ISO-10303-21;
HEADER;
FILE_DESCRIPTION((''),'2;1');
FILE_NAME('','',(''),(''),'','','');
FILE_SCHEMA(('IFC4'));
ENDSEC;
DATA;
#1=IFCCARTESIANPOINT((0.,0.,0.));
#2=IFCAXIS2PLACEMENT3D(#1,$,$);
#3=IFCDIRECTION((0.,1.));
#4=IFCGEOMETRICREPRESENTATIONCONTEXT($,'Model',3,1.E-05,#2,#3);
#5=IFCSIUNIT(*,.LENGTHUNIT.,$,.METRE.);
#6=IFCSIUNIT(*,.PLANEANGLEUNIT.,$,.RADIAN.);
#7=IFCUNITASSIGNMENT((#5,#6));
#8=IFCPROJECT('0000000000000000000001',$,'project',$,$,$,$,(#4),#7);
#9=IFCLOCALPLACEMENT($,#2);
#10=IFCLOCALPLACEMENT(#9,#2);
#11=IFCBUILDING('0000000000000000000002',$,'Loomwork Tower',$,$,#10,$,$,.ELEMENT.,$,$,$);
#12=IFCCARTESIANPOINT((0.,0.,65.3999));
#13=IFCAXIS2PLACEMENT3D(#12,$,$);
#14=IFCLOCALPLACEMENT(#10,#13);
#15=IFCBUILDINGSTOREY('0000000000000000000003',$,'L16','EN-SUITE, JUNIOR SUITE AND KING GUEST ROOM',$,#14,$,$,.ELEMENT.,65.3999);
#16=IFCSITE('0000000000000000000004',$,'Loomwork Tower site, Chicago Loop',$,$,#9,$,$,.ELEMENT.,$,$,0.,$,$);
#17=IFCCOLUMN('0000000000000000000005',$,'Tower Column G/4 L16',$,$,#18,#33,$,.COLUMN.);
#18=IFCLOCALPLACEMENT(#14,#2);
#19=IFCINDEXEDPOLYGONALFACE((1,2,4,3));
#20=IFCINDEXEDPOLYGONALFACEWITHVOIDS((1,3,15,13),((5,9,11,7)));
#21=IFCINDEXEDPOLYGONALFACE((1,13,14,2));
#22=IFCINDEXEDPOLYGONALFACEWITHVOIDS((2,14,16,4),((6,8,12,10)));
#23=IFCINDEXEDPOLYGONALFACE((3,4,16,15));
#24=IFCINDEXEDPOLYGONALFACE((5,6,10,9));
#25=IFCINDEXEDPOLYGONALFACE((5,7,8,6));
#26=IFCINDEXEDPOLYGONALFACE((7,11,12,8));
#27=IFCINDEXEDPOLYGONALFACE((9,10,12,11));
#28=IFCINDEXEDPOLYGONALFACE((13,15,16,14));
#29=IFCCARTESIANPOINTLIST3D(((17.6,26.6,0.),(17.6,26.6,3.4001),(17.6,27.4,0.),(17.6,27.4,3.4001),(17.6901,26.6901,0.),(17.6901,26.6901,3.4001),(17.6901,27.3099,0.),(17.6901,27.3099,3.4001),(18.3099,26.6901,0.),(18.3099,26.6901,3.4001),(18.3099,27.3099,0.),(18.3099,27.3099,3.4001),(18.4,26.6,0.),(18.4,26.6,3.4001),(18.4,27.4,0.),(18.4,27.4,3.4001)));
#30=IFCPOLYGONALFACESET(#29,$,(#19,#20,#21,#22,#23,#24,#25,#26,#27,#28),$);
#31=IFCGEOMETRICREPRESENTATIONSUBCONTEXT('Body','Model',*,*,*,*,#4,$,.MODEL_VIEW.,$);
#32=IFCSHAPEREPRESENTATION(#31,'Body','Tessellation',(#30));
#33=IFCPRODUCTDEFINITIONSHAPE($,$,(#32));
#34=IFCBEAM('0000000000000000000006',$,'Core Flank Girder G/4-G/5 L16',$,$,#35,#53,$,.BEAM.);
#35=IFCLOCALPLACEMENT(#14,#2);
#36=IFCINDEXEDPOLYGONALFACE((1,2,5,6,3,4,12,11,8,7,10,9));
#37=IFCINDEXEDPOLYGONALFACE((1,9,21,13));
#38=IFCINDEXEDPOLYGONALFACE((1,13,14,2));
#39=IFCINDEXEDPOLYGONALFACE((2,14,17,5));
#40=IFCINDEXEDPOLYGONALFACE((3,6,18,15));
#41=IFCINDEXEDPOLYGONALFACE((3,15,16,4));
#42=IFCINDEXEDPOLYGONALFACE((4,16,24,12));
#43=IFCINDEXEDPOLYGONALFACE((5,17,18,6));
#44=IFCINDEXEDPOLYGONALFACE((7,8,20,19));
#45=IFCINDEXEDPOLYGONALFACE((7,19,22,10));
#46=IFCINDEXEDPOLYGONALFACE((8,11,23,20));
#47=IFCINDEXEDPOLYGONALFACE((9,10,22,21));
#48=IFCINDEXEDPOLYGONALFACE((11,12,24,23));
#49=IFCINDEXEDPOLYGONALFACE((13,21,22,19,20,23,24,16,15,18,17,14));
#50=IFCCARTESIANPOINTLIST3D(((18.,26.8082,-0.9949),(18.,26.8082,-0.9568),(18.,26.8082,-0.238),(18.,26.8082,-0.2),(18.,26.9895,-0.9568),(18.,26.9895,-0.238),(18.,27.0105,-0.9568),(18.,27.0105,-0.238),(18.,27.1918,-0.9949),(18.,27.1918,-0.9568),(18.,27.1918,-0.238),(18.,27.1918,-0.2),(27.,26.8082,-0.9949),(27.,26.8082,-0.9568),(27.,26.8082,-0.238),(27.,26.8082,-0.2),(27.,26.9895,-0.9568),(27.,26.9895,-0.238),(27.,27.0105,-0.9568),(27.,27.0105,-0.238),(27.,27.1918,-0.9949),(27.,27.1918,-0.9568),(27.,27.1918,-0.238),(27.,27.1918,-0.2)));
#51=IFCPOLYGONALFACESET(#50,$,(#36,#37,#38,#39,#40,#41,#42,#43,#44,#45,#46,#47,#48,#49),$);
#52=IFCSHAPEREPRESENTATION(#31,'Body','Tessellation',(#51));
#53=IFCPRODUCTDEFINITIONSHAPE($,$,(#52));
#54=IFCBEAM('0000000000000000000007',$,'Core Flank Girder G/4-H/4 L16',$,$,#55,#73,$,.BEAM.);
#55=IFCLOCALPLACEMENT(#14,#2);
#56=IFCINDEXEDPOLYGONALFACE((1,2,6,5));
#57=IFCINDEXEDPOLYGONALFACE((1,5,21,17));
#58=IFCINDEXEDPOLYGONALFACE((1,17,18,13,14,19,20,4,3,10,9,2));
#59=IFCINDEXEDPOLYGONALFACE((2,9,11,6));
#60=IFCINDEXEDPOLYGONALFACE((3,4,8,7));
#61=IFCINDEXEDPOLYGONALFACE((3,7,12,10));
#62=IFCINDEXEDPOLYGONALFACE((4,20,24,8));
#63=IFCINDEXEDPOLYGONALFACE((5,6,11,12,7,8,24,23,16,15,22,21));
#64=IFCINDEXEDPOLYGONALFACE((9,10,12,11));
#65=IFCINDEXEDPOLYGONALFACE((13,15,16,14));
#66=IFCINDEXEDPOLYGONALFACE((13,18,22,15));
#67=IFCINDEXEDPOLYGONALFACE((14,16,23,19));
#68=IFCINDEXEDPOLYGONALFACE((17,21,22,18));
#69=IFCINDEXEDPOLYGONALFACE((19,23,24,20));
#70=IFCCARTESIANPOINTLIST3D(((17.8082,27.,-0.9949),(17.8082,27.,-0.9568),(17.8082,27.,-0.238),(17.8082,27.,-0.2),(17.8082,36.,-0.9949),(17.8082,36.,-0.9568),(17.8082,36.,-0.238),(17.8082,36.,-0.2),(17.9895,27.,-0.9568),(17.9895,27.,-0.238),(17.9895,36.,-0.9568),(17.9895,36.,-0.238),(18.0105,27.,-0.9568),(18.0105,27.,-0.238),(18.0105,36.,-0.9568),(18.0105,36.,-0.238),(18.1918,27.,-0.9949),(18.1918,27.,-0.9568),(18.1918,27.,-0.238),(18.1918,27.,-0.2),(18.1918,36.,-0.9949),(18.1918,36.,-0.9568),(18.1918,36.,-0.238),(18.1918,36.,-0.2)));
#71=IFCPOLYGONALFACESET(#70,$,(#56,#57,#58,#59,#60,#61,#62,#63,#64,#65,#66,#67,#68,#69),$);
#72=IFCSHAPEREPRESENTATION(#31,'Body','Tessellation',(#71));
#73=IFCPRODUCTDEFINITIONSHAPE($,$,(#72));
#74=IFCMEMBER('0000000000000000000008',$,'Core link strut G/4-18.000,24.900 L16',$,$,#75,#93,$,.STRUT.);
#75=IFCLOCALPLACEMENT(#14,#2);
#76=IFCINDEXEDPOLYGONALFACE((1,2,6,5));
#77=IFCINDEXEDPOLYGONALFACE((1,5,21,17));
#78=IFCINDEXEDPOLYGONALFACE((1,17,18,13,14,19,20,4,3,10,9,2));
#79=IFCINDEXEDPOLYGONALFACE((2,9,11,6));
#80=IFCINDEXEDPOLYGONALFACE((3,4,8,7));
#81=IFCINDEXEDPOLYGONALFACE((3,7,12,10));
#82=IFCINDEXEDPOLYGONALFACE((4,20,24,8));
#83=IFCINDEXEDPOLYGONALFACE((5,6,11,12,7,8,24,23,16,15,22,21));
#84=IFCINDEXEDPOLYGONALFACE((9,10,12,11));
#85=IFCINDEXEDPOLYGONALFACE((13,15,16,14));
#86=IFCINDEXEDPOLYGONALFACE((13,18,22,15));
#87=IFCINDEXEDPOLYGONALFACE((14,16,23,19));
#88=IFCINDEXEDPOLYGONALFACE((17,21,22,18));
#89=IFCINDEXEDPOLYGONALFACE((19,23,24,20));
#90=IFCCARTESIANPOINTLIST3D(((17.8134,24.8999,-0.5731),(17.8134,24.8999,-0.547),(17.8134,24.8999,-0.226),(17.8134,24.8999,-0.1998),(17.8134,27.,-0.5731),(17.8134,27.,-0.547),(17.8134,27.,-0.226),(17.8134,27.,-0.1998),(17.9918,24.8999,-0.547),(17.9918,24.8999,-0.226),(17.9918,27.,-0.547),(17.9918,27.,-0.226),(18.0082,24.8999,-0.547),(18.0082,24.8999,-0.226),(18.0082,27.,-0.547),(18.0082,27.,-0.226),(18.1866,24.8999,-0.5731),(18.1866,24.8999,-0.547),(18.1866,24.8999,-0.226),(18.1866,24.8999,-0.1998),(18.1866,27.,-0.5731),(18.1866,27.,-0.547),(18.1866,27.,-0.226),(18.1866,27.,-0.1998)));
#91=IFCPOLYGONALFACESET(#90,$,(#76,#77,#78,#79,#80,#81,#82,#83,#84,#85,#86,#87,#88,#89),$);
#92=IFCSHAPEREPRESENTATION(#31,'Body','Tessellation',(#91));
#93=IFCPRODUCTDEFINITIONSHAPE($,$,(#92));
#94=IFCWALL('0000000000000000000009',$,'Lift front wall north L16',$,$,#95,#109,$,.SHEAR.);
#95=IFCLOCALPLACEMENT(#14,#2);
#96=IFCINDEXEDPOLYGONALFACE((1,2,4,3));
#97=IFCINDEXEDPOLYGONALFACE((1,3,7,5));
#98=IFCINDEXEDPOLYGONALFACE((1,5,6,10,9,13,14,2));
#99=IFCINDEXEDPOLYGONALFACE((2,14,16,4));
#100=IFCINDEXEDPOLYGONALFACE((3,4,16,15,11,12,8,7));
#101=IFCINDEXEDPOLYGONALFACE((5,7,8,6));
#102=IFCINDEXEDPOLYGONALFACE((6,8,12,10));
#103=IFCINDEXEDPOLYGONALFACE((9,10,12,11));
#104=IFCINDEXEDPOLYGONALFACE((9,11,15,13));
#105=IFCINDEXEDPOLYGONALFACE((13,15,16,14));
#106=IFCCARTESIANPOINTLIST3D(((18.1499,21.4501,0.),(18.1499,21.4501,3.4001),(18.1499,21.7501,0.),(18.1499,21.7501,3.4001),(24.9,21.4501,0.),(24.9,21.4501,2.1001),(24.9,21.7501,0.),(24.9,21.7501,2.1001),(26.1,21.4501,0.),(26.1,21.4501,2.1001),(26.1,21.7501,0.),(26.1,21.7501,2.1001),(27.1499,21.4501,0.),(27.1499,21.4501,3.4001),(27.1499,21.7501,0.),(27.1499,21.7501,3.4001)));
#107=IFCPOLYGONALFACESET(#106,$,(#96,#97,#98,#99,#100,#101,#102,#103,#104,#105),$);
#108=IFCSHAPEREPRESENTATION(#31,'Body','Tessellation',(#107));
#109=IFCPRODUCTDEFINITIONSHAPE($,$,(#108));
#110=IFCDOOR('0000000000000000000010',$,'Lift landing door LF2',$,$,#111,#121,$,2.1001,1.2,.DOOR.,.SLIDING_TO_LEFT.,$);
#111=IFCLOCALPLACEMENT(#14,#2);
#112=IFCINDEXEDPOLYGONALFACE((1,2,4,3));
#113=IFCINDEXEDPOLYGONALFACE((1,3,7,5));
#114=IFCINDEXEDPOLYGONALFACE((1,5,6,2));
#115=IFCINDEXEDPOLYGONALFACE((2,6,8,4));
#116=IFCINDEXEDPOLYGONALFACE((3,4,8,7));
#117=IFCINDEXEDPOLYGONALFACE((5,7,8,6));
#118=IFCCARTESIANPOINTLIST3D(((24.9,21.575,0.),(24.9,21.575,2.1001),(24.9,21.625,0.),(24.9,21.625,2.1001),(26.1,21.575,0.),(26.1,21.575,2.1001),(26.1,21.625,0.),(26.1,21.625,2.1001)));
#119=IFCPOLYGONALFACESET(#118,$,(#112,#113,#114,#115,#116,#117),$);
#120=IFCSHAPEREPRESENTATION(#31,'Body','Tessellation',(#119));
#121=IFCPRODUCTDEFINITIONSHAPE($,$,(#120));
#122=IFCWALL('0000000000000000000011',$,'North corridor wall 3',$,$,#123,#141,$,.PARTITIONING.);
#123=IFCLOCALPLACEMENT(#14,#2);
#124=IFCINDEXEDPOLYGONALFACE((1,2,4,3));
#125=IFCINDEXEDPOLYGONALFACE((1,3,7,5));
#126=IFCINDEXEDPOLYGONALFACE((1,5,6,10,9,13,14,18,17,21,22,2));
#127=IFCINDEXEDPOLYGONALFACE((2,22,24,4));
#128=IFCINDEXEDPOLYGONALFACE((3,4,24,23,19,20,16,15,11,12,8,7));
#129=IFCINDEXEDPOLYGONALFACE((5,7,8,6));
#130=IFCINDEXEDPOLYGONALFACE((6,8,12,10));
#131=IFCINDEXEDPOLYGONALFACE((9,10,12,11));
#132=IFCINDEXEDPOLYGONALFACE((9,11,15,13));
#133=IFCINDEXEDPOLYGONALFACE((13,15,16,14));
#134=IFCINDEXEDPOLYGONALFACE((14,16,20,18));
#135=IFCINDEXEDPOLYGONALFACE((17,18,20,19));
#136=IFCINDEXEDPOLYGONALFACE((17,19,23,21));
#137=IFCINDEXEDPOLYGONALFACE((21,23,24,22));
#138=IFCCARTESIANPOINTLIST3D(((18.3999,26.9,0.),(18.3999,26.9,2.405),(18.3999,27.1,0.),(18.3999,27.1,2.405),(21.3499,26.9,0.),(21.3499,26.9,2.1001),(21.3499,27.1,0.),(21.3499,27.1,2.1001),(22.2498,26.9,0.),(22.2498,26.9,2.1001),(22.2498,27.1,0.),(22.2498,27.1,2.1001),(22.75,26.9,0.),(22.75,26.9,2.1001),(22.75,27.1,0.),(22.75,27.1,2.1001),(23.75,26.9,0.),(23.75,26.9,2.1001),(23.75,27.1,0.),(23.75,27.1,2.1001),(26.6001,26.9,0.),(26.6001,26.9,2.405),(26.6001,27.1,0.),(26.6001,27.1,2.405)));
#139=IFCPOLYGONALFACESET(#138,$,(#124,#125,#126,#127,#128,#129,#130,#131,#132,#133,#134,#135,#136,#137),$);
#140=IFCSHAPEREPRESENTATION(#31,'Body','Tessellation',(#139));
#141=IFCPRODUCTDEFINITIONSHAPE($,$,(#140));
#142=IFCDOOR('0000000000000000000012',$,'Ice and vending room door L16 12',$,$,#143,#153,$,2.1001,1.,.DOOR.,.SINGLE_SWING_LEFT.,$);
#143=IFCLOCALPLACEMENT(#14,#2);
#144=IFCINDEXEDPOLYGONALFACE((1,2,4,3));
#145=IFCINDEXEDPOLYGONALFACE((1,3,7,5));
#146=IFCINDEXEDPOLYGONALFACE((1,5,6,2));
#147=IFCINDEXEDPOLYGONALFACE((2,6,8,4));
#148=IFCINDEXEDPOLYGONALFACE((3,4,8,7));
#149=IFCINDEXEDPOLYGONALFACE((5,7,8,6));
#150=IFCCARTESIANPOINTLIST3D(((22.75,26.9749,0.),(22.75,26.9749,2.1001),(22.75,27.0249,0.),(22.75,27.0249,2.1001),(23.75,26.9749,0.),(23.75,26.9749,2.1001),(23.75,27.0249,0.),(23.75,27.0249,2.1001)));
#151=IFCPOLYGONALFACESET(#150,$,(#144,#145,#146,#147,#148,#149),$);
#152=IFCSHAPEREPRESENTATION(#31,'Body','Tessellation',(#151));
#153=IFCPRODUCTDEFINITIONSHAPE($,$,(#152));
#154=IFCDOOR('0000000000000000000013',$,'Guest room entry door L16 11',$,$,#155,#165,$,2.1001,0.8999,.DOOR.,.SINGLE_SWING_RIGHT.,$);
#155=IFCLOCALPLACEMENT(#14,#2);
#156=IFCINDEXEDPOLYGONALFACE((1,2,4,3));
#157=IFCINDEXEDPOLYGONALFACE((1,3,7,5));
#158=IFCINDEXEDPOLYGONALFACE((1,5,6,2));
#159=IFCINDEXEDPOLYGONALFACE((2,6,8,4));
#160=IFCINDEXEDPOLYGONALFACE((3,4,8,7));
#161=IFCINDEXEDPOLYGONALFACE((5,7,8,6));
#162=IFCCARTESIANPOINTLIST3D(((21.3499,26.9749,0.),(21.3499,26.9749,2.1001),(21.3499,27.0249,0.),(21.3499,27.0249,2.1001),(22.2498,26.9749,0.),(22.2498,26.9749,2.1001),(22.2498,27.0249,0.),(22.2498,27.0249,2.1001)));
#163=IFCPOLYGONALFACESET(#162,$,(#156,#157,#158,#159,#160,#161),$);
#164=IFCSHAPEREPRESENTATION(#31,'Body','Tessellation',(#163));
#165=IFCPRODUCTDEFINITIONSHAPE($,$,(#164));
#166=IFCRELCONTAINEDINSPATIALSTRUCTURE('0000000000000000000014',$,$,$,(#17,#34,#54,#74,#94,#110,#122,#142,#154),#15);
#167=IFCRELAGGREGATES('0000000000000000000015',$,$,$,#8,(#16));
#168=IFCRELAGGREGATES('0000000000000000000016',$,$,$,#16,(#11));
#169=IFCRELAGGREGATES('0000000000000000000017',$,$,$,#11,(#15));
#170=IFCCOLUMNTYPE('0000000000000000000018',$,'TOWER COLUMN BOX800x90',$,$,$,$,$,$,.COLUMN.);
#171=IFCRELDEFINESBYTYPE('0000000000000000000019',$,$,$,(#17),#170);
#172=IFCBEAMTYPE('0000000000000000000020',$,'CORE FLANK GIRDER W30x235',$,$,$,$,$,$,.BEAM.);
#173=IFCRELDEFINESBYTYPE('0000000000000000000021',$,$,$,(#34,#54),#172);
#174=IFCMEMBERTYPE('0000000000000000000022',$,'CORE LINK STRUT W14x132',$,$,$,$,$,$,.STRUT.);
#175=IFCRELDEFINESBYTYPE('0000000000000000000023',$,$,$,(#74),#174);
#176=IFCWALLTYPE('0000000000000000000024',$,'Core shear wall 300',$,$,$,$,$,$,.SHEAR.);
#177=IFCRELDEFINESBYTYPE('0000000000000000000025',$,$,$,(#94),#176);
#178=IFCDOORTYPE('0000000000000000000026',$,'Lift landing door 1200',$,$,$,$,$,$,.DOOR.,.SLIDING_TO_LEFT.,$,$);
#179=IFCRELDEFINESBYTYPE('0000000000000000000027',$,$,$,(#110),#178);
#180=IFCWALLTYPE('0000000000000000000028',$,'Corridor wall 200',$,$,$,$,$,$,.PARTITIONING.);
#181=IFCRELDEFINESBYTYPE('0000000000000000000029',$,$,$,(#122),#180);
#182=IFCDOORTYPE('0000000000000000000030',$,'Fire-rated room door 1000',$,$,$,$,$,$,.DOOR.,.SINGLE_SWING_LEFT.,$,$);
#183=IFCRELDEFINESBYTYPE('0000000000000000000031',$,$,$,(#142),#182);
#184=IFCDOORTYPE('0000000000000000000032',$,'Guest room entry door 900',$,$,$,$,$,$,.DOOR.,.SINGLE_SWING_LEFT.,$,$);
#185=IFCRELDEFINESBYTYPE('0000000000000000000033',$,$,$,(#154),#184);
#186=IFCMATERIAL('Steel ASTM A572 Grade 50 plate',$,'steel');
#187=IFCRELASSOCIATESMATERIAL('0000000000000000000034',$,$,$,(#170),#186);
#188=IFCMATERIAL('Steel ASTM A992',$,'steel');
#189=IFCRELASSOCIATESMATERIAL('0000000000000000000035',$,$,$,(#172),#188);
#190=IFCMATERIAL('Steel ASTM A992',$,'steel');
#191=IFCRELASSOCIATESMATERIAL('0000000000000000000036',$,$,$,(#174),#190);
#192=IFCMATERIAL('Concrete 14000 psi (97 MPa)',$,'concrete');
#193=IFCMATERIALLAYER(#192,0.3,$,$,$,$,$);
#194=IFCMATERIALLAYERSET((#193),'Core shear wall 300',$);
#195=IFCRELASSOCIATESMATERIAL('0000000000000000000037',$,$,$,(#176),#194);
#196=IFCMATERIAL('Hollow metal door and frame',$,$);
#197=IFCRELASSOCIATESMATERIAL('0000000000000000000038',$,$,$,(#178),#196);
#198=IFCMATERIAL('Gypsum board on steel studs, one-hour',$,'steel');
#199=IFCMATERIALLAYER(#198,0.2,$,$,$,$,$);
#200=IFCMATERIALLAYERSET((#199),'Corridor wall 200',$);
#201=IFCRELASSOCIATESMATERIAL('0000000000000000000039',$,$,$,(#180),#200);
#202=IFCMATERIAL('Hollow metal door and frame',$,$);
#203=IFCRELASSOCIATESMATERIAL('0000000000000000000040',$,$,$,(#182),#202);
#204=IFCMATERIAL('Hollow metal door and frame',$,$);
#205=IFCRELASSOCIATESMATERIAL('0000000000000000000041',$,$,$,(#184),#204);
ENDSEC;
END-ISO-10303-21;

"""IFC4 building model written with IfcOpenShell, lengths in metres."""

from ifc_helpers import new_model, si_unit, direction, frame, frame_2d, origin, origin_2d, place, context, subcontext, project, spatial, rectangle, hollow_rectangle, i_section, extrude, material, layer, layer_set, material_profile, profile_set, type_object, element, fill, save


model = new_model("IFC4")

# Units and contexts
model_context = context("Model", 3, precision=1e-05, world=origin(), true_north=direction((0.0, 1.0)))
body_context = subcontext(model_context, "Body", "Model", "MODEL_VIEW")
ifc_project = project(units=[si_unit("LENGTHUNIT", "METRE"), si_unit("PLANEANGLEUNIT", "RADIAN")], contexts=[model_context])

# Site, building, storey
site_placement = place(None, origin())
site = spatial("IfcSite", under=ifc_project, at=site_placement, Name="Loomwork Tower site, Chicago Loop", CompositionType="ELEMENT", RefElevation=0.0)
building_placement = place(site_placement, origin())
building = spatial("IfcBuilding", under=site, at=building_placement, Name="Loomwork Tower", CompositionType="ELEMENT")
storey_placement = place(building_placement, frame((0.0, 0.0, 65.3999)))
storey = spatial("IfcBuildingStorey", under=building, at=storey_placement, Name="L16", Description="EN-SUITE, JUNIOR SUITE AND KING GUEST ROOM", CompositionType="ELEMENT", Elevation=65.3999)

# Column
ifc_material_1 = material(Name="Steel ASTM A572 Grade 50 plate", Category="steel")
ifc_material_profile_1 = material_profile(ifc_material_1, hollow_rectangle(XDim=0.8, YDim=0.8, WallThickness=0.0901, at=origin_2d()), Name="BOX800x90")
ifc_profile_set_1 = profile_set([ifc_material_profile_1], Name="Steel ASTM A572 Grade 50 plate")
column_type = type_object("IfcColumnType", Name="TOWER COLUMN BOX800x90", PredefinedType="COLUMN", material=ifc_profile_set_1)
column_placement = place(storey_placement, frame((18.0, 27.0, 0.0), z_axis=(0.0, 0.0, 1.0), x_axis=(1.0, 0.0, 0.0)))
element("IfcColumn", 1, at=column_placement, inside=storey, type_object=column_type, Name="Tower Column G/4 L16", PredefinedType="COLUMN", context=body_context, shape_type="SweptSolid", body=[
    extrude(hollow_rectangle(XDim=0.8, YDim=0.8, WallThickness=0.0901, at=origin_2d()), origin(), (0.0, 0.0, 1.0), 3.4001),
])

# Beams
ifc_material_2 = material(Name="Steel ASTM A992", Category="steel")
ifc_material_profile_2 = material_profile(ifc_material_2, i_section(OverallWidth=0.3835, OverallDepth=0.7949, WebThickness=0.021, FlangeThickness=0.0381, at=origin_2d()), Name="W30x235")
ifc_profile_set_2 = profile_set([ifc_material_profile_2], Name="Steel ASTM A992")
beam_type = type_object("IfcBeamType", Name="CORE FLANK GIRDER W30x235", PredefinedType="BEAM", material=ifc_profile_set_2)
for number, where, z_axis, x_axis, name in (
    (2, (18.0, 27.0, -0.5974), (1.0, 0.0, 0.0), (0.0, 1.0, 0.0), "Core Flank Girder G/4-G/5 L16"),
    (3, (18.0, 27.0, -0.5974), (0.0, 1.0, 0.0), (-1.0, 0.0, 0.0), "Core Flank Girder G/4-H/4 L16"),
):
    element("IfcBeam", number, at=place(storey_placement, frame(where, z_axis=z_axis, x_axis=x_axis)), inside=storey, type_object=beam_type, Name=name, PredefinedType="BEAM", context=body_context, shape_type="SweptSolid", body=[
        extrude(i_section(OverallWidth=0.3835, OverallDepth=0.7949, WebThickness=0.021, FlangeThickness=0.0381, at=origin_2d()), origin(), (0.0, 0.0, 1.0), 9.0),
    ])

# Member
ifc_material_3 = material(Name="Steel ASTM A992", Category="steel")
ifc_material_profile_3 = material_profile(ifc_material_3, i_section(OverallWidth=0.3733, OverallDepth=0.3733, WebThickness=0.0164, FlangeThickness=0.0261, at=origin_2d()), Name="W14x132")
ifc_profile_set_3 = profile_set([ifc_material_profile_3], Name="Steel ASTM A992")
member_type = type_object("IfcMemberType", Name="CORE LINK STRUT W14x132", PredefinedType="STRUT", material=ifc_profile_set_3)
member_placement = place(storey_placement, frame((18.0, 27.0, -0.3865), z_axis=(0.0, -1.0, 0.0), x_axis=(1.0, 0.0, 0.0)))
element("IfcMember", 4, at=member_placement, inside=storey, type_object=member_type, Name="Core link strut G/4-18.000,24.900 L16", PredefinedType="STRUT", context=body_context, shape_type="SweptSolid", body=[
    extrude(i_section(OverallWidth=0.3733, OverallDepth=0.3733, WebThickness=0.0164, FlangeThickness=0.0261, at=origin_2d()), origin(), (0.0, 0.0, 1.0), 2.1001),
])

# Wall, opening, door
ifc_material_4 = material(Name="Concrete 14000 psi (97 MPa)", Category="concrete")
ifc_layer_1 = layer(ifc_material_4, 0.3)
ifc_layer_set_1 = layer_set([ifc_layer_1], Name="Core shear wall 300")
wall_type_1 = type_object("IfcWallType", Name="Core shear wall 300", PredefinedType="SHEAR", material=ifc_layer_set_1)
wall_1_placement = place(storey_placement, frame((18.1499, 21.6001, 0.0), z_axis=(0.0, 0.0, 1.0), x_axis=(1.0, 0.0, 0.0)))
wall_1 = element("IfcWall", 5, at=wall_1_placement, inside=storey, type_object=wall_type_1, Name="Lift front wall north L16", PredefinedType="SHEAR", context=body_context, shape_type="SweptSolid", body=[
    extrude(rectangle(XDim=9.0, YDim=0.3, at=frame_2d((4.5, 0.0))), origin(), (0.0, 0.0, 1.0), 3.4001),
])
opening_1_placement = place(wall_1_placement, frame((6.75, 0.0, 0.0)))
opening_1 = element("IfcOpeningElement", 6, at=opening_1_placement, cuts=wall_1, PredefinedType="OPENING", context=body_context, shape_type="SweptSolid", body=[
    extrude(rectangle(XDim=1.2, YDim=2.1001, at=frame_2d((0.6001, 1.05))), frame((0.0, 0.1599, 0.0), z_axis=(0.0, -1.0, 0.0), x_axis=(1.0, 0.0, 0.0)), (0.0, 0.0, 1.0), 0.3201),
])
ifc_material_5 = material(Name="Hollow metal door and frame")
door_type_1 = type_object("IfcDoorType", Name="Lift landing door 1200", OperationType="SLIDING_TO_LEFT", PredefinedType="DOOR", material=ifc_material_5)
door_1_placement = place(opening_1_placement, origin())
door_1 = element("IfcDoor", 7, at=door_1_placement, inside=storey, type_object=door_type_1, Name="Lift landing door LF2", OperationType="SLIDING_TO_LEFT", OverallHeight=2.1001, OverallWidth=1.2, PredefinedType="DOOR", context=body_context, shape_type="SweptSolid", body=[
    extrude(rectangle(XDim=1.2, YDim=2.1001, at=frame_2d((0.6001, 1.05))), frame((0.0, 0.0249, 0.0), z_axis=(0.0, -1.0, 0.0), x_axis=(1.0, 0.0, 0.0)), (0.0, 0.0, 1.0), 0.05),
])
fill(opening_1, door_1)

# Wall, openings, doors
ifc_material_6 = material(Name="Gypsum board on steel studs, one-hour", Category="steel")
ifc_layer_2 = layer(ifc_material_6, 0.2)
ifc_layer_set_2 = layer_set([ifc_layer_2], Name="Corridor wall 200")
wall_type_2 = type_object("IfcWallType", Name="Corridor wall 200", PredefinedType="PARTITIONING", material=ifc_layer_set_2)
wall_2_placement = place(storey_placement, frame((18.3999, 27.0, 0.0), z_axis=(0.0, 0.0, 1.0), x_axis=(1.0, 0.0, 0.0)))
wall_2 = element("IfcWall", 8, at=wall_2_placement, inside=storey, type_object=wall_type_2, Name="North corridor wall 3", PredefinedType="PARTITIONING", context=body_context, shape_type="SweptSolid", body=[
    extrude(rectangle(XDim=8.2002, YDim=0.2, at=frame_2d((4.1001, 0.0))), origin(), (0.0, 0.0, 1.0), 2.405),
])
opening_2_placement = place(wall_2_placement, frame((2.95, 0.0, 0.0)))
opening_2 = element("IfcOpeningElement", 9, at=opening_2_placement, cuts=wall_2, PredefinedType="OPENING", context=body_context, shape_type="SweptSolid", body=[
    extrude(rectangle(XDim=0.8999, YDim=2.1001, at=frame_2d((0.45, 1.05))), frame((0.0, 0.1099, 0.0), z_axis=(0.0, -1.0, 0.0), x_axis=(1.0, 0.0, 0.0)), (0.0, 0.0, 1.0), 0.22),
])
opening_3_placement = place(wall_2_placement, frame((4.3501, 0.0, 0.0)))
opening_3 = element("IfcOpeningElement", 10, at=opening_3_placement, cuts=wall_2, PredefinedType="OPENING", context=body_context, shape_type="SweptSolid", body=[
    extrude(rectangle(XDim=1.0, YDim=2.1001, at=frame_2d((0.5, 1.05))), frame((0.0, 0.1099, 0.0), z_axis=(0.0, -1.0, 0.0), x_axis=(1.0, 0.0, 0.0)), (0.0, 0.0, 1.0), 0.22),
])
ifc_material_7 = material(Name="Hollow metal door and frame")
door_type_2 = type_object("IfcDoorType", Name="Fire-rated room door 1000", OperationType="SINGLE_SWING_LEFT", PredefinedType="DOOR", material=ifc_material_7)
door_2_placement = place(opening_3_placement, origin())
door_2 = element("IfcDoor", 11, at=door_2_placement, inside=storey, type_object=door_type_2, Name="Ice and vending room door L16 12", OperationType="SINGLE_SWING_LEFT", OverallHeight=2.1001, OverallWidth=1.0, PredefinedType="DOOR", context=body_context, shape_type="SweptSolid", body=[
    extrude(rectangle(XDim=1.0, YDim=2.1001, at=frame_2d((0.5, 1.05))), frame((0.0, 0.0249, 0.0), z_axis=(0.0, -1.0, 0.0), x_axis=(1.0, 0.0, 0.0)), (0.0, 0.0, 1.0), 0.05),
])
fill(opening_3, door_2)
ifc_material_8 = material(Name="Hollow metal door and frame")
door_type_3 = type_object("IfcDoorType", Name="Guest room entry door 900", OperationType="SINGLE_SWING_LEFT", PredefinedType="DOOR", material=ifc_material_8)
door_3_placement = place(opening_2_placement, origin())
door_3 = element("IfcDoor", 12, at=door_3_placement, inside=storey, type_object=door_type_3, Name="Guest room entry door L16 11", OperationType="SINGLE_SWING_RIGHT", OverallHeight=2.1001, OverallWidth=0.8999, PredefinedType="DOOR", context=body_context, shape_type="SweptSolid", body=[
    extrude(rectangle(XDim=0.8999, YDim=2.1001, at=frame_2d((0.45, 1.05))), frame((0.0, 0.0249, 0.0), z_axis=(0.0, -1.0, 0.0), x_axis=(1.0, 0.0, 0.0)), (0.0, 0.0, 1.0), 0.05),
])
fill(opening_2, door_3)

save(model, "model.ifc")
